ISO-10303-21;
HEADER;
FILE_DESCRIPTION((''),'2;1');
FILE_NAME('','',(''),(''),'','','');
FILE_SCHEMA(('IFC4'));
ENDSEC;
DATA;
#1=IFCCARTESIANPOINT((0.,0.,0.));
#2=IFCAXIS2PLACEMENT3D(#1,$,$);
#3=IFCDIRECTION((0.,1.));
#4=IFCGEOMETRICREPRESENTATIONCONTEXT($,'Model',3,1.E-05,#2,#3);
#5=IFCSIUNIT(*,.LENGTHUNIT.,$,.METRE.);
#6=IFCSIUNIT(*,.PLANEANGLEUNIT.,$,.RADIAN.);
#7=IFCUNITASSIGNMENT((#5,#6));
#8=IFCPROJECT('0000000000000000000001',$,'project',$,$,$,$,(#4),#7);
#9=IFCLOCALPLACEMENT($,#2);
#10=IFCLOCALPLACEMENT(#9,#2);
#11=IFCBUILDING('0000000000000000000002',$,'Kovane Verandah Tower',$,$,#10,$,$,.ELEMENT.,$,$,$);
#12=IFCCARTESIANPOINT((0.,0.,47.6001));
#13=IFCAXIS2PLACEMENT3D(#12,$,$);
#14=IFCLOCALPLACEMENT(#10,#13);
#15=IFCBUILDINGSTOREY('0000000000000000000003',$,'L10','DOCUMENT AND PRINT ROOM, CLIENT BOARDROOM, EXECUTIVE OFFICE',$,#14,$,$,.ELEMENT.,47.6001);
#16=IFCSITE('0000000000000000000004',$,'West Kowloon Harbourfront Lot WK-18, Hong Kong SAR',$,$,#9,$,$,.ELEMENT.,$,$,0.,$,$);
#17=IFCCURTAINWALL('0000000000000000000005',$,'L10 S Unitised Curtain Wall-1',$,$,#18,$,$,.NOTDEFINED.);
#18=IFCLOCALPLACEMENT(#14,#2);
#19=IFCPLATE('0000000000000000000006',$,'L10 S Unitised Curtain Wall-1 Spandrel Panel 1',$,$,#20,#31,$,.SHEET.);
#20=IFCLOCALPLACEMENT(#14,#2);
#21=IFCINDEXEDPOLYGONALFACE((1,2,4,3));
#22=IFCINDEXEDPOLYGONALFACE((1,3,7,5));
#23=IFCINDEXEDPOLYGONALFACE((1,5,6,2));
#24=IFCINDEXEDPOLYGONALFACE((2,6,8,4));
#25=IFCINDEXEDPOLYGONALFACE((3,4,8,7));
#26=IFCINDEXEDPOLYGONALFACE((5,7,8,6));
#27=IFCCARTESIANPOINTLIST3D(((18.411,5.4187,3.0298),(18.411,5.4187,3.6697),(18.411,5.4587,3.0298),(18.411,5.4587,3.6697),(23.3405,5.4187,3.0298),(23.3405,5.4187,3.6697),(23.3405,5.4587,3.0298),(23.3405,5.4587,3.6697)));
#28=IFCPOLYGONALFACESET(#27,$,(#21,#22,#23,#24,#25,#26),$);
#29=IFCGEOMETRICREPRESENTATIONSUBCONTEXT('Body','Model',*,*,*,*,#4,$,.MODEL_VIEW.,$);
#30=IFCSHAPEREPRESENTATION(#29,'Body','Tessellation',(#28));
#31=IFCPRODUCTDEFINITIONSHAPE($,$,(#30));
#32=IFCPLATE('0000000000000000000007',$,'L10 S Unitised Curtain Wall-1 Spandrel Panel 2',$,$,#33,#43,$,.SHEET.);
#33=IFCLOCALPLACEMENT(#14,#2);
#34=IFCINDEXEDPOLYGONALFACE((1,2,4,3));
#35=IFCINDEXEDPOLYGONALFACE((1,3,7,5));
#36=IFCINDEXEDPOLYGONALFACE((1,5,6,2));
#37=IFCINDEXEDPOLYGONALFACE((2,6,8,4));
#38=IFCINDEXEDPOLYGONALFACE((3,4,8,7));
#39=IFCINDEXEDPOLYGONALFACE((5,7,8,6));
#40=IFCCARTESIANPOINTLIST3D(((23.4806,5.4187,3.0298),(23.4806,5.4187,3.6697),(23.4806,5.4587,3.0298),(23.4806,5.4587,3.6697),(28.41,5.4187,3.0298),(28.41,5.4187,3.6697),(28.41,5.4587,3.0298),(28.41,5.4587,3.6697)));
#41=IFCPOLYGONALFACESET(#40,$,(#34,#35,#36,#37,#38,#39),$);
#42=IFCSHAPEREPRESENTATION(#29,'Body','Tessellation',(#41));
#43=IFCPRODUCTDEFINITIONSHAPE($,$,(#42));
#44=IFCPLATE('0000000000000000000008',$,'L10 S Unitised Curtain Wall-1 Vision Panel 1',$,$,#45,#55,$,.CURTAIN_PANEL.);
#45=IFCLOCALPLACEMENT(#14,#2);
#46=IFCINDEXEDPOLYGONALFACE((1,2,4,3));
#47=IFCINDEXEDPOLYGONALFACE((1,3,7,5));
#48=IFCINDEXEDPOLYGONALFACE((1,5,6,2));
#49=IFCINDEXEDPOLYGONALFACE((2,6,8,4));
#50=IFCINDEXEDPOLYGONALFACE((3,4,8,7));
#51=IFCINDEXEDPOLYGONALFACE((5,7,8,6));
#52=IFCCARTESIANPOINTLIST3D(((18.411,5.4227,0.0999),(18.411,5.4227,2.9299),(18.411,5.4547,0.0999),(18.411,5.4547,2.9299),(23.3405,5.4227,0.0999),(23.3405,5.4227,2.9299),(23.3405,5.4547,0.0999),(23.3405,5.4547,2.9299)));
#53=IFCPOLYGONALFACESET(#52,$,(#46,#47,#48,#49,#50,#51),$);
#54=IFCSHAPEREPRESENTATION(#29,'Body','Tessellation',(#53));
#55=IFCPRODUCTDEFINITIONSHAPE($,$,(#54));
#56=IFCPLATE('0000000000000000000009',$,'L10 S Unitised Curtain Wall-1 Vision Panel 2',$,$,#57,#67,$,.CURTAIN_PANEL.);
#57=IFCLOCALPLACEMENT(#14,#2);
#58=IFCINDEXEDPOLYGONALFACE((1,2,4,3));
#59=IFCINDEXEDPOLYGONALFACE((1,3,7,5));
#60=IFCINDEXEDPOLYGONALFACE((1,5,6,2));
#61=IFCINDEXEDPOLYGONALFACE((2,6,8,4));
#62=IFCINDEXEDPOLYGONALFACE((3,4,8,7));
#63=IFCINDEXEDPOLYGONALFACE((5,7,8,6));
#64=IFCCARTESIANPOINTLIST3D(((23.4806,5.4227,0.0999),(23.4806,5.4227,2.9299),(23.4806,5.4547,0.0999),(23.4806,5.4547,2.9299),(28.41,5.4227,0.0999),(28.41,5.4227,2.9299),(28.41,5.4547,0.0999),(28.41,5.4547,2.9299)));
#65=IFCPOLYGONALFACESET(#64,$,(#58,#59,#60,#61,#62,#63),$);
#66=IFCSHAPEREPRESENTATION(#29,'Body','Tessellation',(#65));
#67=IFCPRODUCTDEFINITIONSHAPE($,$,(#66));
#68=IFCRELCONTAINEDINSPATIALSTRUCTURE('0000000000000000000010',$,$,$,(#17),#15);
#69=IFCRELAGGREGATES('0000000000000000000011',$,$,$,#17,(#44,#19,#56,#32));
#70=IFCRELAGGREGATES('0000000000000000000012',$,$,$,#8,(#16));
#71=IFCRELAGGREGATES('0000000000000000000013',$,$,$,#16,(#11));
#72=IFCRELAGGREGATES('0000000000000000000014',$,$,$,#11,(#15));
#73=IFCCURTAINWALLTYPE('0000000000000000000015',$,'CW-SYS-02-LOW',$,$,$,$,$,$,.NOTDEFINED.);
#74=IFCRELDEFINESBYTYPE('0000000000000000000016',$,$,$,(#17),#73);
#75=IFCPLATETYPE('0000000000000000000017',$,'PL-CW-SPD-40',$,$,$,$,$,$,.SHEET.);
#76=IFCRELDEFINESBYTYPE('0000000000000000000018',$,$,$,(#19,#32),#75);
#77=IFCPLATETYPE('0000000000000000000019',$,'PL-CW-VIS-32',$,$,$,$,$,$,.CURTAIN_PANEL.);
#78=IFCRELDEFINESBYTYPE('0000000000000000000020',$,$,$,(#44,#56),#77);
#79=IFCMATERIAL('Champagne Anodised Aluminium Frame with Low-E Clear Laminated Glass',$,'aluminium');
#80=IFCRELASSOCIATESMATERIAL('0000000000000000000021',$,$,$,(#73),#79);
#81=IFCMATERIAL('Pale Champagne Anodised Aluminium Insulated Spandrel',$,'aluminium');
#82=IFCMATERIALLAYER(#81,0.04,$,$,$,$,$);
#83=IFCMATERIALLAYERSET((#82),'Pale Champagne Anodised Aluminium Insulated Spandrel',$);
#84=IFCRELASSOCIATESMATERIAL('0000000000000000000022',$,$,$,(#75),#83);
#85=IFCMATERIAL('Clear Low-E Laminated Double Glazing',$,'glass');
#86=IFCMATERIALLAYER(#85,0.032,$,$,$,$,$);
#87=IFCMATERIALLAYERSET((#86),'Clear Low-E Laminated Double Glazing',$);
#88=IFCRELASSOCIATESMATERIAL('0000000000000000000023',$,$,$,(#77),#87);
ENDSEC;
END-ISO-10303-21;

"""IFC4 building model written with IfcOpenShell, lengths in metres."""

from ifc_helpers import new_model, si_unit, direction, frame, origin, origin_2d, place, context, subcontext, project, spatial, rectangle, extrude, material, layer, layer_set, type_object, element, aggregate, save


model = new_model("IFC4")

# Units and contexts
model_context = context("Model", 3, precision=1e-05, world=origin(), true_north=direction((0.0, 1.0)))
body_context = subcontext(model_context, "Body", "Model", "MODEL_VIEW")
ifc_project = project(units=[si_unit("LENGTHUNIT", "METRE"), si_unit("PLANEANGLEUNIT", "RADIAN")], contexts=[model_context])

# Site, building, storey
site_placement = place(None, origin())
site = spatial("IfcSite", under=ifc_project, at=site_placement, Name="West Kowloon Harbourfront Lot WK-18, Hong Kong SAR", CompositionType="ELEMENT", RefElevation=0.0)
building_placement = place(site_placement, origin())
building = spatial("IfcBuilding", under=site, at=building_placement, Name="Kovane Verandah Tower", CompositionType="ELEMENT")
storey_placement = place(building_placement, frame((0.0, 0.0, 47.6001)))
storey = spatial("IfcBuildingStorey", under=building, at=storey_placement, Name="L10", Description="DOCUMENT AND PRINT ROOM, CLIENT BOARDROOM, EXECUTIVE OFFICE", CompositionType="ELEMENT", Elevation=47.6001)

# Curtain wall
ifc_material_1 = material(Name="Champagne Anodised Aluminium Frame with Low-E Clear Laminated Glass", Category="aluminium")
curtain_wall_type = type_object("IfcCurtainWallType", Name="CW-SYS-02-LOW", PredefinedType="NOTDEFINED", material=ifc_material_1)
curtain_wall_1_placement = place(storey_placement, origin())
curtain_wall_1 = element("IfcCurtainWall", 1, at=curtain_wall_1_placement, inside=storey, type_object=curtain_wall_type, Name="L10 S Unitised Curtain Wall-1", PredefinedType="NOTDEFINED")

# Plates
ifc_material_2 = material(Name="Pale Champagne Anodised Aluminium Insulated Spandrel", Category="aluminium")
ifc_layer_1 = layer(ifc_material_2, 0.04)
ifc_layer_set_1 = layer_set([ifc_layer_1], Name="Pale Champagne Anodised Aluminium Insulated Spandrel")
plate_type_1 = type_object("IfcPlateType", Name="PL-CW-SPD-40", PredefinedType="SHEET", material=ifc_layer_set_1)
plate_1_placement = place(storey_placement, frame((20.8757, 5.4387, 3.0298), z_axis=(0.0, 0.0, 1.0), x_axis=(1.0, 0.0, 0.0)))
plate_1 = element("IfcPlate", 2, at=plate_1_placement, type_object=plate_type_1, Name="L10 S Unitised Curtain Wall-1 Spandrel Panel 1", PredefinedType="SHEET", context=body_context, shape_type="SweptSolid", body=[
    extrude(rectangle(XDim=4.9294, YDim=0.04, at=origin_2d()), origin(), (0.0, 0.0, 1.0), 0.6399),
])
plate_2_placement = place(storey_placement, frame((25.9453, 5.4387, 3.0298), z_axis=(0.0, 0.0, 1.0), x_axis=(1.0, 0.0, 0.0)))
plate_2 = element("IfcPlate", 3, at=plate_2_placement, type_object=plate_type_1, Name="L10 S Unitised Curtain Wall-1 Spandrel Panel 2", PredefinedType="SHEET", context=body_context, shape_type="SweptSolid", body=[
    extrude(rectangle(XDim=4.9294, YDim=0.04, at=origin_2d()), origin(), (0.0, 0.0, 1.0), 0.6399),
])
ifc_material_3 = material(Name="Clear Low-E Laminated Double Glazing", Category="glass")
ifc_layer_2 = layer(ifc_material_3, 0.032)
ifc_layer_set_2 = layer_set([ifc_layer_2], Name="Clear Low-E Laminated Double Glazing")
plate_type_2 = type_object("IfcPlateType", Name="PL-CW-VIS-32", PredefinedType="CURTAIN_PANEL", material=ifc_layer_set_2)
plate_3_placement = place(storey_placement, frame((20.8757, 5.4387, 0.0999), z_axis=(0.0, 0.0, 1.0), x_axis=(1.0, 0.0, 0.0)))
plate_3 = element("IfcPlate", 4, at=plate_3_placement, type_object=plate_type_2, Name="L10 S Unitised Curtain Wall-1 Vision Panel 1", PredefinedType="CURTAIN_PANEL", context=body_context, shape_type="SweptSolid", body=[
    extrude(rectangle(XDim=4.9294, YDim=0.032, at=origin_2d()), origin(), (0.0, 0.0, 1.0), 2.8301),
])
plate_4_placement = place(storey_placement, frame((25.9453, 5.4387, 0.0999), z_axis=(0.0, 0.0, 1.0), x_axis=(1.0, 0.0, 0.0)))
plate_4 = element("IfcPlate", 5, at=plate_4_placement, type_object=plate_type_2, Name="L10 S Unitised Curtain Wall-1 Vision Panel 2", PredefinedType="CURTAIN_PANEL", context=body_context, shape_type="SweptSolid", body=[
    extrude(rectangle(XDim=4.9294, YDim=0.032, at=origin_2d()), origin(), (0.0, 0.0, 1.0), 2.8301),
])
aggregate(curtain_wall_1, [plate_3, plate_1, plate_4, plate_2])

save(model, "model.ifc")
